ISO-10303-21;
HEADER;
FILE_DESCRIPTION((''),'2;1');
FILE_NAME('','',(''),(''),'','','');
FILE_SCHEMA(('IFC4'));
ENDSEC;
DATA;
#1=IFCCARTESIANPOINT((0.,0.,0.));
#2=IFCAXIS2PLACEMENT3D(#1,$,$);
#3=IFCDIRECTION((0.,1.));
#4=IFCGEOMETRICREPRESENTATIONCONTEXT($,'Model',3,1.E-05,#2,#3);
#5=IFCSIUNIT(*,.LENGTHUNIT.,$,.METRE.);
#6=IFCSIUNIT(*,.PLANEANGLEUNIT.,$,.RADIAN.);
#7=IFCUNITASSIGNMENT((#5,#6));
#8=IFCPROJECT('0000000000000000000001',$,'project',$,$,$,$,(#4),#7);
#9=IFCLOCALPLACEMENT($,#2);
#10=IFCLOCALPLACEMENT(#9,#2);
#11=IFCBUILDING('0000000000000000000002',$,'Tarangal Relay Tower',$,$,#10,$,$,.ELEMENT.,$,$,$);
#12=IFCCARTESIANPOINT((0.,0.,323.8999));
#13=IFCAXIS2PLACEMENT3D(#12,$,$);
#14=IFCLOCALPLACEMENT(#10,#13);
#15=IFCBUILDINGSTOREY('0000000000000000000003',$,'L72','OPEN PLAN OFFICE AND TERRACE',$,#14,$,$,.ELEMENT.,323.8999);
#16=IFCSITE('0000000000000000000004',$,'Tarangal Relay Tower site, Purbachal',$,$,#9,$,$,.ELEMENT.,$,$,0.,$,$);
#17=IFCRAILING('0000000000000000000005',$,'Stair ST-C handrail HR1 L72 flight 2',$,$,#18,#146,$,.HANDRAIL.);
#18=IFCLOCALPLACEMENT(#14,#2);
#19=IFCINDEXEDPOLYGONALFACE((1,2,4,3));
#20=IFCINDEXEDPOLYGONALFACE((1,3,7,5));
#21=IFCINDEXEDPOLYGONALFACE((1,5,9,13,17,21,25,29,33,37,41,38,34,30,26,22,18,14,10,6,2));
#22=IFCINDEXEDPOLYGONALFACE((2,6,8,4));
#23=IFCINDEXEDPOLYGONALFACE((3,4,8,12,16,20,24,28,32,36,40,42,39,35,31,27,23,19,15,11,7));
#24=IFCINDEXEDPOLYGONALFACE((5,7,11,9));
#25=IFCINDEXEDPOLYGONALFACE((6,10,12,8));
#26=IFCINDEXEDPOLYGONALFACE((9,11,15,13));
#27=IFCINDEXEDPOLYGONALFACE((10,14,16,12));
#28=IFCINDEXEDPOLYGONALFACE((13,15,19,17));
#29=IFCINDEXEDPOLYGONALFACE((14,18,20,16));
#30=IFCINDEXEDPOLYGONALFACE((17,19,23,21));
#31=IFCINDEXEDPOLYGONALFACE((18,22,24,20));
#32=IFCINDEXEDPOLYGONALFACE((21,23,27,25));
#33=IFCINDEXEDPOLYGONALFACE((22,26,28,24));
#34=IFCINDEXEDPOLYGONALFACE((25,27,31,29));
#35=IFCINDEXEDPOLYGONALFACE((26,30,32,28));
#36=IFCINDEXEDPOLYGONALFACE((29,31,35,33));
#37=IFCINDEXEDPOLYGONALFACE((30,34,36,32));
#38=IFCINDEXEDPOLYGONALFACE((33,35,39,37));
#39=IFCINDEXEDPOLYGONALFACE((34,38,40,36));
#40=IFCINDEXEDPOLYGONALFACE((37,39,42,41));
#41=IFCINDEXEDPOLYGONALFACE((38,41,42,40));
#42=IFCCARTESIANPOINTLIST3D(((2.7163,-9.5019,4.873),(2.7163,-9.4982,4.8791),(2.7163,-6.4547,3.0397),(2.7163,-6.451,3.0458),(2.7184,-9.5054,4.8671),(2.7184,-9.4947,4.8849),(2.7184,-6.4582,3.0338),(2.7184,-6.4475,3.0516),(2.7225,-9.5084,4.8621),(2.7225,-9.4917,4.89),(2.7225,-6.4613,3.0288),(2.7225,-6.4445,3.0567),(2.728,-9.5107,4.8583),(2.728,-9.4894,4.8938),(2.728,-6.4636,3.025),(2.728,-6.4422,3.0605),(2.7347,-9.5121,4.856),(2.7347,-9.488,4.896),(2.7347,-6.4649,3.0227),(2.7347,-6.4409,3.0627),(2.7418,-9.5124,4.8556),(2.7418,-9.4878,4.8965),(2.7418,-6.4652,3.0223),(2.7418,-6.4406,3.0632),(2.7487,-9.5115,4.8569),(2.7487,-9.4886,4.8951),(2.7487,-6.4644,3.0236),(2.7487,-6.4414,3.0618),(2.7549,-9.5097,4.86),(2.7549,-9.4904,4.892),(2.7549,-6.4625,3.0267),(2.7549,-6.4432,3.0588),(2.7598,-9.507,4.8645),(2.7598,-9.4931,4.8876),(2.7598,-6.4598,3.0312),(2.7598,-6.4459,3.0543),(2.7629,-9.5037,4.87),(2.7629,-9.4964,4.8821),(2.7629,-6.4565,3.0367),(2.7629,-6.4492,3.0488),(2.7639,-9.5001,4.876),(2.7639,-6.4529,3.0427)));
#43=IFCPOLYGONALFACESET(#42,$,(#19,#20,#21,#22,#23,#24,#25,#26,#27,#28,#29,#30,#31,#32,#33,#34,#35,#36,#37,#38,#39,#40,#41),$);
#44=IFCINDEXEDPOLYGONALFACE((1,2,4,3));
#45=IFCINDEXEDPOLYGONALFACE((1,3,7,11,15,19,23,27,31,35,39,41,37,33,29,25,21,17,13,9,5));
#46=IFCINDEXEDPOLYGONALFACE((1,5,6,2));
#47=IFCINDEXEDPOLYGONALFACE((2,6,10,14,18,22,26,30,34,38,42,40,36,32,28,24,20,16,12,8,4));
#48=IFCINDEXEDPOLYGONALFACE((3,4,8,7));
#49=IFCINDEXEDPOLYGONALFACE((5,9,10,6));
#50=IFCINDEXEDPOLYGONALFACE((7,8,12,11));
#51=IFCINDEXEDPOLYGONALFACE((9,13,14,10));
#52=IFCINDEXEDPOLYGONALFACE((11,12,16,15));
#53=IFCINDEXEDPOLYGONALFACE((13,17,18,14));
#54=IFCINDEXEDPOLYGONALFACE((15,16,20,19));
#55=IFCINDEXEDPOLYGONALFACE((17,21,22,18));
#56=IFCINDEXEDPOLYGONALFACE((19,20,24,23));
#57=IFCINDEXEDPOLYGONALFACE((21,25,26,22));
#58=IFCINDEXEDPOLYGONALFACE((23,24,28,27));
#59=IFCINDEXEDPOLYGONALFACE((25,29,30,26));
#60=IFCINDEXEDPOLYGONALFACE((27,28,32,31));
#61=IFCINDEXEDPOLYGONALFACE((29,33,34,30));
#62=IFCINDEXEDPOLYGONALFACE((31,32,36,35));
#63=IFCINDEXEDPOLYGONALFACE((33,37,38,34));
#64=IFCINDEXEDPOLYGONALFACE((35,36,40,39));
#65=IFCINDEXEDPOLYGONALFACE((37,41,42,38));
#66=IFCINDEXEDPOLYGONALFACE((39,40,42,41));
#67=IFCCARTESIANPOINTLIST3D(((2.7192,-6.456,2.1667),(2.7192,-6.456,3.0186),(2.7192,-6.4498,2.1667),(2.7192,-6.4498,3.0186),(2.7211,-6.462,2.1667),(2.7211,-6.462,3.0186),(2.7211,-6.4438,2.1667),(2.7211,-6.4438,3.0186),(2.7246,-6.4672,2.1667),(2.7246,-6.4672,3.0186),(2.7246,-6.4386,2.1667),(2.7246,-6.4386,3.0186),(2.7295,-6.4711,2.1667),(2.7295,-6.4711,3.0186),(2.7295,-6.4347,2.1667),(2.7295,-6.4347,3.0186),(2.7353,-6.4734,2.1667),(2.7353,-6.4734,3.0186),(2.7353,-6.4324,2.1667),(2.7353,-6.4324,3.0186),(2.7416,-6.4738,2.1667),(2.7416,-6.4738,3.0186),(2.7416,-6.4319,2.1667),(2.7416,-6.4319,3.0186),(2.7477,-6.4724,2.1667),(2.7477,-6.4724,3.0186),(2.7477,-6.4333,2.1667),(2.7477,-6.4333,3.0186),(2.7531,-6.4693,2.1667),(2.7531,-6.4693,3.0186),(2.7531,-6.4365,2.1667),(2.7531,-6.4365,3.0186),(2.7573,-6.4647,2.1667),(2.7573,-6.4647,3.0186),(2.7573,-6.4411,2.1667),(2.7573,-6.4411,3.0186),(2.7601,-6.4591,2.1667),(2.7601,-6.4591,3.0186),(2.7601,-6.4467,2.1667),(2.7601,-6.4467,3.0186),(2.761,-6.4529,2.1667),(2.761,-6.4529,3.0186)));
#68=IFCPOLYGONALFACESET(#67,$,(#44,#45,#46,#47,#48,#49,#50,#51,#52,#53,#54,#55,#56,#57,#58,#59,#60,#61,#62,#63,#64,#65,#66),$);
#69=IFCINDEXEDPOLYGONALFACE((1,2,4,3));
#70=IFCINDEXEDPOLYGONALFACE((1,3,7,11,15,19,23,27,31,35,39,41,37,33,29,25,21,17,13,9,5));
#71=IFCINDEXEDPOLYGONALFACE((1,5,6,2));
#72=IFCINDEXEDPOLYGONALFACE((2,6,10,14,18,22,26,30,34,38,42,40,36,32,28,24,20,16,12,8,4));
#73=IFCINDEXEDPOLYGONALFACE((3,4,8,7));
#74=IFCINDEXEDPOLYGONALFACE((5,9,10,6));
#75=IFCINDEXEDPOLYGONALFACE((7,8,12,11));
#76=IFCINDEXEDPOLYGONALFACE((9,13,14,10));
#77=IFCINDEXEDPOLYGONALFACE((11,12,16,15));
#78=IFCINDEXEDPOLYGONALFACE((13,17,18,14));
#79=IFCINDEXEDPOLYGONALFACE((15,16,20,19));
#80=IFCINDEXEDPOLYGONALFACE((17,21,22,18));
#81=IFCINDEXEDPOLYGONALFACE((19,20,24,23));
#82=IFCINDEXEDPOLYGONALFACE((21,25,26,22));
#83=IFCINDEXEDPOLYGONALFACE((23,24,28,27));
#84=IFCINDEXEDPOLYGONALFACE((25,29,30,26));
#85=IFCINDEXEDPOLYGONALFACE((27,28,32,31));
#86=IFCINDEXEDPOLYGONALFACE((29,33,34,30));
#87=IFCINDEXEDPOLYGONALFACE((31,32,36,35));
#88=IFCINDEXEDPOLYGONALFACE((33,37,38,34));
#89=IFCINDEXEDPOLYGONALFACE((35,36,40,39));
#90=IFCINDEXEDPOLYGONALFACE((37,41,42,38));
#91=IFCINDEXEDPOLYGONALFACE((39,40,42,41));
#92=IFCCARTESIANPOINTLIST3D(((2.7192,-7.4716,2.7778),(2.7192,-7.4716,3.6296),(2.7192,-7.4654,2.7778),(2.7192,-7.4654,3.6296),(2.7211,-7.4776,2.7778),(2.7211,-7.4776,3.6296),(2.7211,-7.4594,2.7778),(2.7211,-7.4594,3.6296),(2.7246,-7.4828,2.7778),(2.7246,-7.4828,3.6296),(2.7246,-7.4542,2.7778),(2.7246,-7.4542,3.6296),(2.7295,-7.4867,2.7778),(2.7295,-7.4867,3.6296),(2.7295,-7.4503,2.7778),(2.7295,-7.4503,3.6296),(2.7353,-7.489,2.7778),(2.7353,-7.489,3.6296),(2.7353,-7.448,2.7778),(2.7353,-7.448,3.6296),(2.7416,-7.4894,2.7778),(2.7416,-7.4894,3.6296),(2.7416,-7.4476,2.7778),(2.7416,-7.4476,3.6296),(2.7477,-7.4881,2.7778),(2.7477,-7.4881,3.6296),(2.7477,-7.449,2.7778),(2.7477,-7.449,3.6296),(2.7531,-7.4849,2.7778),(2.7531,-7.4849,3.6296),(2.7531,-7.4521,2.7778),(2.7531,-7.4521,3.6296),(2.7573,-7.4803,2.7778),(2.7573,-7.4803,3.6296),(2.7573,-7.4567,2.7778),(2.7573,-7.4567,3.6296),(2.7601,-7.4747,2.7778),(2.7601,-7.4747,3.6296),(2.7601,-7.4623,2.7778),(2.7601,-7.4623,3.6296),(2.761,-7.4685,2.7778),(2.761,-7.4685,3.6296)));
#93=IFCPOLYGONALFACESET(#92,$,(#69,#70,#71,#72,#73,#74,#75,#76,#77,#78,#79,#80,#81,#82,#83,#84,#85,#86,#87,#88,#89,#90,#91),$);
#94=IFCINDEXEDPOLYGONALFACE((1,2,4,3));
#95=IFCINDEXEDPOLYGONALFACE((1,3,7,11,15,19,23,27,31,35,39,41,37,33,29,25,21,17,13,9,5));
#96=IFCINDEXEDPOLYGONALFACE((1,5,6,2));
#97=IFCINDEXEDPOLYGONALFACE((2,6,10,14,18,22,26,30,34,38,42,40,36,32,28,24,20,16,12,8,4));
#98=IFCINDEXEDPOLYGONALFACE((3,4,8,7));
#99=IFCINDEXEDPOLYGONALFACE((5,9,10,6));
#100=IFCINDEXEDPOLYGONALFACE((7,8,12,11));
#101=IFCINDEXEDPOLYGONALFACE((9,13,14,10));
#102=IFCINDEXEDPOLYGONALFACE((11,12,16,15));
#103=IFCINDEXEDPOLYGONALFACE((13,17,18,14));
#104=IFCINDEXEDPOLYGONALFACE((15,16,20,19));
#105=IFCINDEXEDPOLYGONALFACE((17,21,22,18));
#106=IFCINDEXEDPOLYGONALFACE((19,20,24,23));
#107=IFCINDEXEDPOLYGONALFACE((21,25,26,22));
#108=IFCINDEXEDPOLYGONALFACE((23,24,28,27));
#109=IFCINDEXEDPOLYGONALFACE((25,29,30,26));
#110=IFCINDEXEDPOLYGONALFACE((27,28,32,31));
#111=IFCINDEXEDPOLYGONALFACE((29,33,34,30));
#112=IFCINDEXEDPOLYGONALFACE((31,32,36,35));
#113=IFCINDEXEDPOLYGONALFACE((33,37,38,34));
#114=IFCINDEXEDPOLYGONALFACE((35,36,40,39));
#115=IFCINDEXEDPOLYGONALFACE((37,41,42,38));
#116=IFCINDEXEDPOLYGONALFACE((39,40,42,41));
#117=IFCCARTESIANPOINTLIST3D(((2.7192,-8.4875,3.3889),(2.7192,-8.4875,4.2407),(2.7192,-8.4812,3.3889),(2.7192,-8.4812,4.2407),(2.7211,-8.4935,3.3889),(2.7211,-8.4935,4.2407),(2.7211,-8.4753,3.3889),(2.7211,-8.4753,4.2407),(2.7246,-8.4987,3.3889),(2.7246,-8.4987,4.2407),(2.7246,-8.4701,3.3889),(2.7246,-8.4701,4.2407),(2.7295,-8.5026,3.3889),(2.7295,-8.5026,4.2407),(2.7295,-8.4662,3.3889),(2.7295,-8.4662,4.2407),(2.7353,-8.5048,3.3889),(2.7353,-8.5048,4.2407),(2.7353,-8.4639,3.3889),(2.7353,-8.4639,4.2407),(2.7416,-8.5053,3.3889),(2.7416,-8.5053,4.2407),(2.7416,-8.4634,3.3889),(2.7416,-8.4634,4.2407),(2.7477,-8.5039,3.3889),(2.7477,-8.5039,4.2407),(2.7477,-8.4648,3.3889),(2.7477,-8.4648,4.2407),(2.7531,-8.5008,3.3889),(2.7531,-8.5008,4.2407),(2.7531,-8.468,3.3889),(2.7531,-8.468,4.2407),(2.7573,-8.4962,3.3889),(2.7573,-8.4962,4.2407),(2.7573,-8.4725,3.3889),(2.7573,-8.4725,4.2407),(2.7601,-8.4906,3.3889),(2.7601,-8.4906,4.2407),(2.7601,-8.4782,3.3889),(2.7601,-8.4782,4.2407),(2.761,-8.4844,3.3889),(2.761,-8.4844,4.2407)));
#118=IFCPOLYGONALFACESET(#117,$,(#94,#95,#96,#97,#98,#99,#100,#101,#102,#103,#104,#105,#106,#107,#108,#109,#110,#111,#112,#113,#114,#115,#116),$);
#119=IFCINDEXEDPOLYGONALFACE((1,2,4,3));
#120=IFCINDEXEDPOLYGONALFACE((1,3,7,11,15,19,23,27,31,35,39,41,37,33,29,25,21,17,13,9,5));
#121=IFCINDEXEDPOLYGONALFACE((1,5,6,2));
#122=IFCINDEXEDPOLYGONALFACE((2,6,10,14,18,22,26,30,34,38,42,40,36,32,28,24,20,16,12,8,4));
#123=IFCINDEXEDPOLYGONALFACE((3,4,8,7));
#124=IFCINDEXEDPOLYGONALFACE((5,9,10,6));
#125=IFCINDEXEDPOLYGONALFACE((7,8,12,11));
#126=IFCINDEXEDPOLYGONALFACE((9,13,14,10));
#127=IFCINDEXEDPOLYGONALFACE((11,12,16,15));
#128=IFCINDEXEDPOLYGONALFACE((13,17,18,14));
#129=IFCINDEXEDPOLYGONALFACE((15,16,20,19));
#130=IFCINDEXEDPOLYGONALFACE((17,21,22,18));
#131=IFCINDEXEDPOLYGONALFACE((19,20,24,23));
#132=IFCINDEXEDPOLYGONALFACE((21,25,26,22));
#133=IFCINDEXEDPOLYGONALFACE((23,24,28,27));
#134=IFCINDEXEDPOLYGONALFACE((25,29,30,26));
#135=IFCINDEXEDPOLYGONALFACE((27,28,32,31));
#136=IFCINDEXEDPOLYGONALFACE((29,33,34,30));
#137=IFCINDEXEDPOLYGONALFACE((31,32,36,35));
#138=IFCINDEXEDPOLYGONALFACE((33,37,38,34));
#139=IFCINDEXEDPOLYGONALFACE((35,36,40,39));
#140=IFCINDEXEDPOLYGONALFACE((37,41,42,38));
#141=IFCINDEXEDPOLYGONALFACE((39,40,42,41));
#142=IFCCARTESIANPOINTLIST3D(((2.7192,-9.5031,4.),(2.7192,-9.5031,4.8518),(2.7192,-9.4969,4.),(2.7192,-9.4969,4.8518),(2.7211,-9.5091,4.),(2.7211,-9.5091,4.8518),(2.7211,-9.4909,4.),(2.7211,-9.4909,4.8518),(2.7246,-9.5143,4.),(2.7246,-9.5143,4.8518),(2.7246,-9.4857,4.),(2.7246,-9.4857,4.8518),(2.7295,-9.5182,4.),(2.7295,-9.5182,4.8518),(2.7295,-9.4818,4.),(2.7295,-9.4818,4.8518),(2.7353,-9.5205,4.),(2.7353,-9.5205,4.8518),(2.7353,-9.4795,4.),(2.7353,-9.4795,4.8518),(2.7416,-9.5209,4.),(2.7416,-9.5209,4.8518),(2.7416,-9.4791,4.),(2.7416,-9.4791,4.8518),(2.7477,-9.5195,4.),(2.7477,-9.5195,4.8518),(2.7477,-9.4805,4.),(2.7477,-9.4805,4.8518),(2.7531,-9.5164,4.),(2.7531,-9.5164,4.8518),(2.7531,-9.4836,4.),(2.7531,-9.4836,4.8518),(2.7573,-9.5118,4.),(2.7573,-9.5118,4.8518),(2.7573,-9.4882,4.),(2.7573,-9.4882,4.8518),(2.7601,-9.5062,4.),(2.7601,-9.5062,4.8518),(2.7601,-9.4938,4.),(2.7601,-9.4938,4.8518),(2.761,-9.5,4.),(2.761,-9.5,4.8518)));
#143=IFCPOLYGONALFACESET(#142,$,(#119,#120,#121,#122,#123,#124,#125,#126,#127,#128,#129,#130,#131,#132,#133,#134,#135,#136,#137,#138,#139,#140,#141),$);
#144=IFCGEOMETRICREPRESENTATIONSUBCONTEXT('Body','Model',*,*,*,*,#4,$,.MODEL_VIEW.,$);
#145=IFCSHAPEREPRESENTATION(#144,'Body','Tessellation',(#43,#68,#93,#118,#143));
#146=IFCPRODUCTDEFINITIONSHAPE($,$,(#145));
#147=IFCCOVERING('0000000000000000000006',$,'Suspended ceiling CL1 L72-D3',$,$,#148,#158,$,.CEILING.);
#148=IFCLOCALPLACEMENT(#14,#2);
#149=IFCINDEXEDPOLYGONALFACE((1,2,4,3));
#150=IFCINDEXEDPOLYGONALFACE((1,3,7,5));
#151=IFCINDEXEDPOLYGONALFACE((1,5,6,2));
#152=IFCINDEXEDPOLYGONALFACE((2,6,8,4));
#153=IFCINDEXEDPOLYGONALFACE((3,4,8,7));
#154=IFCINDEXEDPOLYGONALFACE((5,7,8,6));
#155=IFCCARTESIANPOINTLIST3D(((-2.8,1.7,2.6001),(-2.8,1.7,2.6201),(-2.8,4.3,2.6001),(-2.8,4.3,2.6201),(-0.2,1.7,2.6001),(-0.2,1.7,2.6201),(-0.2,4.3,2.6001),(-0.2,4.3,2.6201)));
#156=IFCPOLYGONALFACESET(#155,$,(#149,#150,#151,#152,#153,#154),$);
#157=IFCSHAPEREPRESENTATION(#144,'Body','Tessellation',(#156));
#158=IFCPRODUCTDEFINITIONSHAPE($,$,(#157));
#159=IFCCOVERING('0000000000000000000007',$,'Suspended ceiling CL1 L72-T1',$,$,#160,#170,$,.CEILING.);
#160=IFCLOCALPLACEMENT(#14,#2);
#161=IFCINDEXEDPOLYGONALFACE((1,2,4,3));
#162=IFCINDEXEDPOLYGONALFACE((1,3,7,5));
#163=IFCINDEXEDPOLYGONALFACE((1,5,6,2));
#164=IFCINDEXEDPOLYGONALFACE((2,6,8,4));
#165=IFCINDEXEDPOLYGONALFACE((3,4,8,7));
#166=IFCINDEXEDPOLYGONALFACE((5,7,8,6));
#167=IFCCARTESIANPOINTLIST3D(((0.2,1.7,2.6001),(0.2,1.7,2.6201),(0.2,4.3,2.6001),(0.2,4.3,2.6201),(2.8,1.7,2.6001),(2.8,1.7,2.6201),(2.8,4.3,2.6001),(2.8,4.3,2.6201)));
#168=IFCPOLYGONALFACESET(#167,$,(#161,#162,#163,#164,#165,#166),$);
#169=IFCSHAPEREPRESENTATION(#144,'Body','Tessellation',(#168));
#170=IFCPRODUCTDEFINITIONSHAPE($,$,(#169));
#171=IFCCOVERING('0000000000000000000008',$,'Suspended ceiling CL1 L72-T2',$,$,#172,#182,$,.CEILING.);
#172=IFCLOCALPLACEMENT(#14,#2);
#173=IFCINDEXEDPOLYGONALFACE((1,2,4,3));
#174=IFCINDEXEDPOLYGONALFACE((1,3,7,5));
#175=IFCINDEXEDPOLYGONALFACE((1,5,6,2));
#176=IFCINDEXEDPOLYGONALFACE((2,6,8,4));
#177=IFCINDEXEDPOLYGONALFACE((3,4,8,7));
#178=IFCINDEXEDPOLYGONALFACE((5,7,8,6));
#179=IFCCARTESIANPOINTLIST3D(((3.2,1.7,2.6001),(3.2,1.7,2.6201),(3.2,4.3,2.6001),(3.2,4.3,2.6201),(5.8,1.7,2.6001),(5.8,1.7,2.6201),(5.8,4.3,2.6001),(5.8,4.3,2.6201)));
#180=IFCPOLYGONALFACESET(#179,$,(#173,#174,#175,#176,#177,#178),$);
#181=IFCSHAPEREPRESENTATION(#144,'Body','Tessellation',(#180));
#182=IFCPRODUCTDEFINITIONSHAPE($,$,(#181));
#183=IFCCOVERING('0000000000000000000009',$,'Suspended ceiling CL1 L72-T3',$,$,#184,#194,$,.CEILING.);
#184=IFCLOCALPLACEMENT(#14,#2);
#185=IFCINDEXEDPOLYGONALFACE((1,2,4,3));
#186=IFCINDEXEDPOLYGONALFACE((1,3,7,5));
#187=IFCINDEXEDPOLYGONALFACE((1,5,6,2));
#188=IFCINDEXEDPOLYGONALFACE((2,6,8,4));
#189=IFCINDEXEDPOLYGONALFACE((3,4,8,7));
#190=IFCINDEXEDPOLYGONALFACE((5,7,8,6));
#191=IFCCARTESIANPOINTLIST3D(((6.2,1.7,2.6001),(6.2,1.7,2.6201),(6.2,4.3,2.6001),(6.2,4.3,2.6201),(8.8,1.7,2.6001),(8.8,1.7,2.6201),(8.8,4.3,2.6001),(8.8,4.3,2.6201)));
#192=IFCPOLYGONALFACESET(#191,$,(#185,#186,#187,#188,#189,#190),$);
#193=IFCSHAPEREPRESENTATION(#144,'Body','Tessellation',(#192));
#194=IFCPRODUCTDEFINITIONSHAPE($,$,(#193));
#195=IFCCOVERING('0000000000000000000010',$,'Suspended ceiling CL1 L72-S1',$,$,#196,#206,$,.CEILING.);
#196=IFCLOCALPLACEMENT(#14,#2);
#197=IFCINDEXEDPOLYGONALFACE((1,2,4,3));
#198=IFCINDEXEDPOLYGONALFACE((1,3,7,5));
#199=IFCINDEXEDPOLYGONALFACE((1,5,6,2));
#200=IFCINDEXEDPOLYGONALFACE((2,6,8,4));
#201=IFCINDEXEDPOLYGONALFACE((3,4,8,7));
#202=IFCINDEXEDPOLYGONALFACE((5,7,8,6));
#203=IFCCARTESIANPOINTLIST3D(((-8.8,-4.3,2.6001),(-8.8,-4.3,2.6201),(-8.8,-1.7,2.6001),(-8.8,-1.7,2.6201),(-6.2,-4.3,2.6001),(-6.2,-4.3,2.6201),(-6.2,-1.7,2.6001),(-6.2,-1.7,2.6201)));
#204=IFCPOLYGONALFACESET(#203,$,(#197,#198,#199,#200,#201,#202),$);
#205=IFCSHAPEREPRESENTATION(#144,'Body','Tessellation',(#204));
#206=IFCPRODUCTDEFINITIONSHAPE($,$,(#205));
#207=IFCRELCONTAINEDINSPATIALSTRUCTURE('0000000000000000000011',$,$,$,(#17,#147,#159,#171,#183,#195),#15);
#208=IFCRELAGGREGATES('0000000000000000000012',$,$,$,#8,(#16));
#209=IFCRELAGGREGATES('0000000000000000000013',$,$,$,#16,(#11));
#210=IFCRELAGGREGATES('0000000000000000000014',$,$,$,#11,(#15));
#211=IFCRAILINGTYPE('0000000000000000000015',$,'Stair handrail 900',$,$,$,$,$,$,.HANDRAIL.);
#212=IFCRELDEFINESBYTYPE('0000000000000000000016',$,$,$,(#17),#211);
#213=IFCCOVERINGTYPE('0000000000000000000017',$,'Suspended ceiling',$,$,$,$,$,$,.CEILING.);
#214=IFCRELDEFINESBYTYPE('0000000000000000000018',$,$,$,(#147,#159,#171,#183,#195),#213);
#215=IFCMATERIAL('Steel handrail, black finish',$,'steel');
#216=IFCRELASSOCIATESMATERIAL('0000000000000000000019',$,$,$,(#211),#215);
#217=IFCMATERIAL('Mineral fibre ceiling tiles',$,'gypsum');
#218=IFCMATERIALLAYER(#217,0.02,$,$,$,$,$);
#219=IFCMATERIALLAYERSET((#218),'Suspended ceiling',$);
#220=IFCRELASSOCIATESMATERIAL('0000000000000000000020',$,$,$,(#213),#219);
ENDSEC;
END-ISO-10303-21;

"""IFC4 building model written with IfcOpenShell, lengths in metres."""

from ifc_helpers import new_model, si_unit, direction, frame, origin, origin_2d, place, context, subcontext, project, spatial, polyline, circle, outline, extrude, material, layer, layer_set, type_object, element, save


model = new_model("IFC4")

# Units and contexts
model_context = context("Model", 3, precision=1e-05, world=origin(), true_north=direction((0.0, 1.0)))
body_context = subcontext(model_context, "Body", "Model", "MODEL_VIEW")
ifc_project = project(units=[si_unit("LENGTHUNIT", "METRE"), si_unit("PLANEANGLEUNIT", "RADIAN")], contexts=[model_context])

# Site, building, storey
site_placement = place(None, origin())
site = spatial("IfcSite", under=ifc_project, at=site_placement, Name="Tarangal Relay Tower site, Purbachal", CompositionType="ELEMENT", RefElevation=0.0)
building_placement = place(site_placement, origin())
building = spatial("IfcBuilding", under=site, at=building_placement, Name="Tarangal Relay Tower", CompositionType="ELEMENT")
storey_placement = place(building_placement, frame((0.0, 0.0, 323.8999)))
storey = spatial("IfcBuildingStorey", under=building, at=storey_placement, Name="L72", Description="OPEN PLAN OFFICE AND TERRACE", CompositionType="ELEMENT", Elevation=323.8999)

# Railing
ifc_material_1 = material(Name="Steel handrail, black finish", Category="steel")
railing_type = type_object("IfcRailingType", Name="Stair handrail 900", PredefinedType="HANDRAIL", material=ifc_material_1)
railing_placement = place(storey_placement, frame((2.74, -6.4529, 2.1667)))
element("IfcRailing", 1, at=railing_placement, inside=storey, type_object=railing_type, Name="Stair ST-C handrail HR1 L72 flight 2", PredefinedType="HANDRAIL", context=body_context, shape_type="SweptSolid", body=[
    extrude(circle(Radius=0.0239, at=origin_2d()), frame((0.0, 0.0, 0.876), z_axis=(0.0, -0.856874, 0.515525), x_axis=(1.0, 0.0, 0.0)), (0.0, 0.0, 1.0), 3.5562),
    extrude(circle(Radius=0.021, at=origin_2d()), origin(), (0.0, 0.0, 1.0), 0.8518),
    extrude(circle(Radius=0.021, at=origin_2d()), frame((0.0, -1.0156, 0.6111)), (0.0, 0.0, 1.0), 0.8518),
    extrude(circle(Radius=0.021, at=origin_2d()), frame((0.0, -2.0315, 1.2222)), (0.0, 0.0, 1.0), 0.8518),
    extrude(circle(Radius=0.021, at=origin_2d()), frame((0.0, -3.0471, 1.8333)), (0.0, 0.0, 1.0), 0.8518),
])

# Coverings
ifc_material_2 = material(Name="Mineral fibre ceiling tiles", Category="gypsum")
ifc_layer_1 = layer(ifc_material_2, 0.02)
ifc_layer_set_1 = layer_set([ifc_layer_1], Name="Suspended ceiling")
covering_type_1 = type_object("IfcCoveringType", Name="Suspended ceiling", PredefinedType="CEILING", material=ifc_layer_set_1)
covering_1_placement = place(storey_placement, frame((0.0, 0.0, 2.6001)))
element("IfcCovering", 2, at=covering_1_placement, inside=storey, type_object=covering_type_1, Name="Suspended ceiling CL1 L72-D3", PredefinedType="CEILING", context=body_context, shape_type="SweptSolid", body=[
    extrude(outline(polyline([(-2.8, 1.7), (-0.2, 1.7), (-0.2, 4.3), (-2.8, 4.3), (-2.8, 1.7)])), origin(), (0.0, 0.0, 1.0), 0.02),
])
covering_2_placement = place(storey_placement, frame((0.0, 0.0, 2.6001)))
element("IfcCovering", 3, at=covering_2_placement, inside=storey, type_object=covering_type_1, Name="Suspended ceiling CL1 L72-T1", PredefinedType="CEILING", context=body_context, shape_type="SweptSolid", body=[
    extrude(outline(polyline([(0.2, 1.7), (2.8, 1.7), (2.8, 4.3), (0.2, 4.3), (0.2, 1.7)])), origin(), (0.0, 0.0, 1.0), 0.02),
])
covering_3_placement = place(storey_placement, frame((0.0, 0.0, 2.6001)))
element("IfcCovering", 4, at=covering_3_placement, inside=storey, type_object=covering_type_1, Name="Suspended ceiling CL1 L72-T2", PredefinedType="CEILING", context=body_context, shape_type="SweptSolid", body=[
    extrude(outline(polyline([(3.2, 1.7), (5.8, 1.7), (5.8, 4.3), (3.2, 4.3), (3.2, 1.7)])), origin(), (0.0, 0.0, 1.0), 0.02),
])
covering_4_placement = place(storey_placement, frame((0.0, 0.0, 2.6001)))
element("IfcCovering", 5, at=covering_4_placement, inside=storey, type_object=covering_type_1, Name="Suspended ceiling CL1 L72-T3", PredefinedType="CEILING", context=body_context, shape_type="SweptSolid", body=[
    extrude(outline(polyline([(6.2, 1.7), (8.8, 1.7), (8.8, 4.3), (6.2, 4.3), (6.2, 1.7)])), origin(), (0.0, 0.0, 1.0), 0.02),
])
covering_5_placement = place(storey_placement, frame((0.0, 0.0, 2.6001)))
element("IfcCovering", 6, at=covering_5_placement, inside=storey, type_object=covering_type_1, Name="Suspended ceiling CL1 L72-S1", PredefinedType="CEILING", context=body_context, shape_type="SweptSolid", body=[
    extrude(outline(polyline([(-8.8, -4.3), (-6.2, -4.3), (-6.2, -1.7), (-8.8, -1.7), (-8.8, -4.3)])), origin(), (0.0, 0.0, 1.0), 0.02),
])

save(model, "model.ifc")
